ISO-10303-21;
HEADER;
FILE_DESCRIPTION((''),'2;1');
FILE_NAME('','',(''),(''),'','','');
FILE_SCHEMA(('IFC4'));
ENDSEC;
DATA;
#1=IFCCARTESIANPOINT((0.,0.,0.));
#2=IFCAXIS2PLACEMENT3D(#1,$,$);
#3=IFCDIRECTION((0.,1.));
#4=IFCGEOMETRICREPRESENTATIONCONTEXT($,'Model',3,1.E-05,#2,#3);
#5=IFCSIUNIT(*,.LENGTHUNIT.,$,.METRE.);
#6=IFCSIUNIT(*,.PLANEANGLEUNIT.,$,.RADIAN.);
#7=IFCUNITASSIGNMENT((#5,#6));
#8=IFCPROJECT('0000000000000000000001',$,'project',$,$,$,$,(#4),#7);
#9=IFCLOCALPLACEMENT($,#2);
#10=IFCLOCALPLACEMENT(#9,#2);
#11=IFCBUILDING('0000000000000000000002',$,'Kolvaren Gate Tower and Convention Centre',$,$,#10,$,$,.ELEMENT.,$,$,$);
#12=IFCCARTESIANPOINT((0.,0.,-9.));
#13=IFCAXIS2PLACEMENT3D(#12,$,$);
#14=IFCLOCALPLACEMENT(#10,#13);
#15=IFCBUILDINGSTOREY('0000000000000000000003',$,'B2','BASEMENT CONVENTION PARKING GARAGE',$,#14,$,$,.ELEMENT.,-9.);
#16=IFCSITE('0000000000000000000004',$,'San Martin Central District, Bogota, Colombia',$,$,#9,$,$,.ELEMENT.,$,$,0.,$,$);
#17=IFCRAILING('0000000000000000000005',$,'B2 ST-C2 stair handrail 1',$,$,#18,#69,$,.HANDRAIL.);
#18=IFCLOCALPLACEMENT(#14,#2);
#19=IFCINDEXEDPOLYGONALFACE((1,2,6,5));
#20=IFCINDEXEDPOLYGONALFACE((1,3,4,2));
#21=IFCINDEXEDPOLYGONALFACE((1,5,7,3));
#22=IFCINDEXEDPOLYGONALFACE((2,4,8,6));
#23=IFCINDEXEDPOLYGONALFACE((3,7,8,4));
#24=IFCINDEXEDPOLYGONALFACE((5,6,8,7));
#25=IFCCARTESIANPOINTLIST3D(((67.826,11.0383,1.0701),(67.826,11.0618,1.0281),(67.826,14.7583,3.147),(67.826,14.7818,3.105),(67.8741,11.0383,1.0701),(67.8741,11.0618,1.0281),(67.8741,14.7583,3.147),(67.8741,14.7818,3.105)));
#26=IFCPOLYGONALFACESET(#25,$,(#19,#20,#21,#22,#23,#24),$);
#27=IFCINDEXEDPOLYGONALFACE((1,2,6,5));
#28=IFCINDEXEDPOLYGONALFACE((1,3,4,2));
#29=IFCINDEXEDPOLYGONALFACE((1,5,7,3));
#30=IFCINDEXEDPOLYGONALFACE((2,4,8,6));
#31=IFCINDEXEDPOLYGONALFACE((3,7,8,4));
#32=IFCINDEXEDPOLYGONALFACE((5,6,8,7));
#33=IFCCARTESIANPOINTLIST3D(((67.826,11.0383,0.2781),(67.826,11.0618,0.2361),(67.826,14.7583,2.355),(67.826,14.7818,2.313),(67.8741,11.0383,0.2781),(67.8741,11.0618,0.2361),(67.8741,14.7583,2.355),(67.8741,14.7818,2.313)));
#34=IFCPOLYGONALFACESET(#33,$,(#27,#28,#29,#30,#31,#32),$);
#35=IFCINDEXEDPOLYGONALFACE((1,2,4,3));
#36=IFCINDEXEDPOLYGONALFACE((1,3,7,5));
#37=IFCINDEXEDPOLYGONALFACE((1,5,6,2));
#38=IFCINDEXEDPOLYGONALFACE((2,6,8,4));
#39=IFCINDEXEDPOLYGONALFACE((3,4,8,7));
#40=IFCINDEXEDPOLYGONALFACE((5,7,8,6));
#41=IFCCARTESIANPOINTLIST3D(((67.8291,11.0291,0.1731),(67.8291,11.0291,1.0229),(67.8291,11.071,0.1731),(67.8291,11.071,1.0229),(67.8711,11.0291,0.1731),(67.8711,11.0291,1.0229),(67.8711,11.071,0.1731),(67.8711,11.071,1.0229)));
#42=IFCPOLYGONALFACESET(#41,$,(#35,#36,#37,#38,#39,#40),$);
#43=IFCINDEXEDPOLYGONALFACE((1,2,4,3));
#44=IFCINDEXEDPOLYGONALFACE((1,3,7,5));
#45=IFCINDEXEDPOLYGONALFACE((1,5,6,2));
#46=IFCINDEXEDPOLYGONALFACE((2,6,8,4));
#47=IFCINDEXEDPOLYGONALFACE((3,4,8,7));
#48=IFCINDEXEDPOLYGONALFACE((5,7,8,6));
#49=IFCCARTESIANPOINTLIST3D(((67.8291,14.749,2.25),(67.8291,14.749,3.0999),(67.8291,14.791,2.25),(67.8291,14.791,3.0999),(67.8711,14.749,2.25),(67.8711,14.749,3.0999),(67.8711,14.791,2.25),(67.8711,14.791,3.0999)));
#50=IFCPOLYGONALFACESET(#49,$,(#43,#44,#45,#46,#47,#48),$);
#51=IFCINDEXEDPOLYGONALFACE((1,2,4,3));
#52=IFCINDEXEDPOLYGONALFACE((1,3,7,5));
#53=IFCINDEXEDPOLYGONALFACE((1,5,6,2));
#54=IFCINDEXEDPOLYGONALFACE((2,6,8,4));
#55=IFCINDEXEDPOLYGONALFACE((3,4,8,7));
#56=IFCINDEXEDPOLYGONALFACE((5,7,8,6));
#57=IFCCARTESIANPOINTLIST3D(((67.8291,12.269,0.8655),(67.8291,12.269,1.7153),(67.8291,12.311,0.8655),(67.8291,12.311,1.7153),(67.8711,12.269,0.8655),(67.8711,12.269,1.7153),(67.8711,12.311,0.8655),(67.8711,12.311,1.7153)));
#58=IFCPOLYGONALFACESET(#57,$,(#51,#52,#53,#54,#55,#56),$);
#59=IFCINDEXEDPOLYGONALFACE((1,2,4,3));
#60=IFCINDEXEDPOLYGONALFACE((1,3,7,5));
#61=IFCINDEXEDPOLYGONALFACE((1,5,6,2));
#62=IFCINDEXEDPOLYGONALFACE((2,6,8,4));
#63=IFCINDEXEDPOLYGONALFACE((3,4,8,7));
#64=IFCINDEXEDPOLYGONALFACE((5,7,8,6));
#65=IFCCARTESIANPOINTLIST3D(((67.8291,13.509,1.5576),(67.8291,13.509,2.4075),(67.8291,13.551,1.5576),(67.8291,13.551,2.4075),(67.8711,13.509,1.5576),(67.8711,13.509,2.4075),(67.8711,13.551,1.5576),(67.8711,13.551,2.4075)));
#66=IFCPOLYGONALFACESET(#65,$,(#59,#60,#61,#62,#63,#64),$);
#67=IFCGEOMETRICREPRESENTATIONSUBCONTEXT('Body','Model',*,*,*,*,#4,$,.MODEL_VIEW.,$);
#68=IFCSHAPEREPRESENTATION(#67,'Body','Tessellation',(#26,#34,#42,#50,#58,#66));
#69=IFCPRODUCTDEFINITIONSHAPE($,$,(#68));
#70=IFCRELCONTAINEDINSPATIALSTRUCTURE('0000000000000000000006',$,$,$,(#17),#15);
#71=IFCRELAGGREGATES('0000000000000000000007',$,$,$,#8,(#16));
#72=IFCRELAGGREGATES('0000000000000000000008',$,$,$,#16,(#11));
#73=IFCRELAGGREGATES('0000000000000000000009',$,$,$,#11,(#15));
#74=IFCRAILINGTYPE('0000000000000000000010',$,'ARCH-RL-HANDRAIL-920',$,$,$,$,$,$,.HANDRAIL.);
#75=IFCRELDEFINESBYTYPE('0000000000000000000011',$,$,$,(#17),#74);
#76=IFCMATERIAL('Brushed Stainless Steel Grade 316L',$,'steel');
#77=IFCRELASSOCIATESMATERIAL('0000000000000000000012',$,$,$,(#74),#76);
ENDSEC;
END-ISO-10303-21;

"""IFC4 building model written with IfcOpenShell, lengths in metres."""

from ifc_helpers import new_model, si_unit, direction, frame, origin, origin_2d, place, context, subcontext, project, spatial, rectangle, extrude, material, type_object, element, save


model = new_model("IFC4")

# Units and contexts
model_context = context("Model", 3, precision=1e-05, world=origin(), true_north=direction((0.0, 1.0)))
body_context = subcontext(model_context, "Body", "Model", "MODEL_VIEW")
ifc_project = project(units=[si_unit("LENGTHUNIT", "METRE"), si_unit("PLANEANGLEUNIT", "RADIAN")], contexts=[model_context])

# Site, building, storey
site_placement = place(None, origin())
site = spatial("IfcSite", under=ifc_project, at=site_placement, Name="San Martin Central District, Bogota, Colombia", CompositionType="ELEMENT", RefElevation=0.0)
building_placement = place(site_placement, origin())
building = spatial("IfcBuilding", under=site, at=building_placement, Name="Kolvaren Gate Tower and Convention Centre", CompositionType="ELEMENT")
storey_placement = place(building_placement, frame((0.0, 0.0, -9.0)))
storey = spatial("IfcBuildingStorey", under=building, at=storey_placement, Name="B2", Description="BASEMENT CONVENTION PARKING GARAGE", CompositionType="ELEMENT", Elevation=-9.0)

# Railing
ifc_material_1 = material(Name="Brushed Stainless Steel Grade 316L", Category="steel")
railing_type_1 = type_object("IfcRailingType", Name="ARCH-RL-HANDRAIL-920", PredefinedType="HANDRAIL", material=ifc_material_1)
railing_1_placement = place(storey_placement, frame((67.8501, 11.05, 0.1731)))
element("IfcRailing", 1, at=railing_1_placement, inside=storey, type_object=railing_type_1, Name="B2 ST-C2 stair handrail 1", PredefinedType="HANDRAIL", context=body_context, shape_type="SweptSolid", body=[
    extrude(rectangle(XDim=0.0481, YDim=0.0481, at=origin_2d()), frame((0.0, 0.0, 0.876), z_axis=(0.0, 0.873134, 0.487481), x_axis=(-1.0, 0.0, 0.0)), (0.0, 0.0, 1.0), 4.2605),
    extrude(rectangle(XDim=0.0481, YDim=0.0481, at=origin_2d()), frame((0.0, 0.0, 0.084), z_axis=(0.0, 0.873134, 0.487481), x_axis=(-1.0, 0.0, 0.0)), (0.0, 0.0, 1.0), 4.2605),
    extrude(rectangle(XDim=0.042, YDim=0.042, at=origin_2d()), origin(), (0.0, 0.0, 1.0), 0.8499),
    extrude(rectangle(XDim=0.042, YDim=0.042, at=origin_2d()), frame((0.0, 3.72, 2.0769)), (0.0, 0.0, 1.0), 0.8499),
    extrude(rectangle(XDim=0.042, YDim=0.042, at=origin_2d()), frame((0.0, 1.24, 0.6924)), (0.0, 0.0, 1.0), 0.8499),
    extrude(rectangle(XDim=0.042, YDim=0.042, at=origin_2d()), frame((0.0, 2.48, 1.3845)), (0.0, 0.0, 1.0), 0.8499),
])

save(model, "model.ifc")
